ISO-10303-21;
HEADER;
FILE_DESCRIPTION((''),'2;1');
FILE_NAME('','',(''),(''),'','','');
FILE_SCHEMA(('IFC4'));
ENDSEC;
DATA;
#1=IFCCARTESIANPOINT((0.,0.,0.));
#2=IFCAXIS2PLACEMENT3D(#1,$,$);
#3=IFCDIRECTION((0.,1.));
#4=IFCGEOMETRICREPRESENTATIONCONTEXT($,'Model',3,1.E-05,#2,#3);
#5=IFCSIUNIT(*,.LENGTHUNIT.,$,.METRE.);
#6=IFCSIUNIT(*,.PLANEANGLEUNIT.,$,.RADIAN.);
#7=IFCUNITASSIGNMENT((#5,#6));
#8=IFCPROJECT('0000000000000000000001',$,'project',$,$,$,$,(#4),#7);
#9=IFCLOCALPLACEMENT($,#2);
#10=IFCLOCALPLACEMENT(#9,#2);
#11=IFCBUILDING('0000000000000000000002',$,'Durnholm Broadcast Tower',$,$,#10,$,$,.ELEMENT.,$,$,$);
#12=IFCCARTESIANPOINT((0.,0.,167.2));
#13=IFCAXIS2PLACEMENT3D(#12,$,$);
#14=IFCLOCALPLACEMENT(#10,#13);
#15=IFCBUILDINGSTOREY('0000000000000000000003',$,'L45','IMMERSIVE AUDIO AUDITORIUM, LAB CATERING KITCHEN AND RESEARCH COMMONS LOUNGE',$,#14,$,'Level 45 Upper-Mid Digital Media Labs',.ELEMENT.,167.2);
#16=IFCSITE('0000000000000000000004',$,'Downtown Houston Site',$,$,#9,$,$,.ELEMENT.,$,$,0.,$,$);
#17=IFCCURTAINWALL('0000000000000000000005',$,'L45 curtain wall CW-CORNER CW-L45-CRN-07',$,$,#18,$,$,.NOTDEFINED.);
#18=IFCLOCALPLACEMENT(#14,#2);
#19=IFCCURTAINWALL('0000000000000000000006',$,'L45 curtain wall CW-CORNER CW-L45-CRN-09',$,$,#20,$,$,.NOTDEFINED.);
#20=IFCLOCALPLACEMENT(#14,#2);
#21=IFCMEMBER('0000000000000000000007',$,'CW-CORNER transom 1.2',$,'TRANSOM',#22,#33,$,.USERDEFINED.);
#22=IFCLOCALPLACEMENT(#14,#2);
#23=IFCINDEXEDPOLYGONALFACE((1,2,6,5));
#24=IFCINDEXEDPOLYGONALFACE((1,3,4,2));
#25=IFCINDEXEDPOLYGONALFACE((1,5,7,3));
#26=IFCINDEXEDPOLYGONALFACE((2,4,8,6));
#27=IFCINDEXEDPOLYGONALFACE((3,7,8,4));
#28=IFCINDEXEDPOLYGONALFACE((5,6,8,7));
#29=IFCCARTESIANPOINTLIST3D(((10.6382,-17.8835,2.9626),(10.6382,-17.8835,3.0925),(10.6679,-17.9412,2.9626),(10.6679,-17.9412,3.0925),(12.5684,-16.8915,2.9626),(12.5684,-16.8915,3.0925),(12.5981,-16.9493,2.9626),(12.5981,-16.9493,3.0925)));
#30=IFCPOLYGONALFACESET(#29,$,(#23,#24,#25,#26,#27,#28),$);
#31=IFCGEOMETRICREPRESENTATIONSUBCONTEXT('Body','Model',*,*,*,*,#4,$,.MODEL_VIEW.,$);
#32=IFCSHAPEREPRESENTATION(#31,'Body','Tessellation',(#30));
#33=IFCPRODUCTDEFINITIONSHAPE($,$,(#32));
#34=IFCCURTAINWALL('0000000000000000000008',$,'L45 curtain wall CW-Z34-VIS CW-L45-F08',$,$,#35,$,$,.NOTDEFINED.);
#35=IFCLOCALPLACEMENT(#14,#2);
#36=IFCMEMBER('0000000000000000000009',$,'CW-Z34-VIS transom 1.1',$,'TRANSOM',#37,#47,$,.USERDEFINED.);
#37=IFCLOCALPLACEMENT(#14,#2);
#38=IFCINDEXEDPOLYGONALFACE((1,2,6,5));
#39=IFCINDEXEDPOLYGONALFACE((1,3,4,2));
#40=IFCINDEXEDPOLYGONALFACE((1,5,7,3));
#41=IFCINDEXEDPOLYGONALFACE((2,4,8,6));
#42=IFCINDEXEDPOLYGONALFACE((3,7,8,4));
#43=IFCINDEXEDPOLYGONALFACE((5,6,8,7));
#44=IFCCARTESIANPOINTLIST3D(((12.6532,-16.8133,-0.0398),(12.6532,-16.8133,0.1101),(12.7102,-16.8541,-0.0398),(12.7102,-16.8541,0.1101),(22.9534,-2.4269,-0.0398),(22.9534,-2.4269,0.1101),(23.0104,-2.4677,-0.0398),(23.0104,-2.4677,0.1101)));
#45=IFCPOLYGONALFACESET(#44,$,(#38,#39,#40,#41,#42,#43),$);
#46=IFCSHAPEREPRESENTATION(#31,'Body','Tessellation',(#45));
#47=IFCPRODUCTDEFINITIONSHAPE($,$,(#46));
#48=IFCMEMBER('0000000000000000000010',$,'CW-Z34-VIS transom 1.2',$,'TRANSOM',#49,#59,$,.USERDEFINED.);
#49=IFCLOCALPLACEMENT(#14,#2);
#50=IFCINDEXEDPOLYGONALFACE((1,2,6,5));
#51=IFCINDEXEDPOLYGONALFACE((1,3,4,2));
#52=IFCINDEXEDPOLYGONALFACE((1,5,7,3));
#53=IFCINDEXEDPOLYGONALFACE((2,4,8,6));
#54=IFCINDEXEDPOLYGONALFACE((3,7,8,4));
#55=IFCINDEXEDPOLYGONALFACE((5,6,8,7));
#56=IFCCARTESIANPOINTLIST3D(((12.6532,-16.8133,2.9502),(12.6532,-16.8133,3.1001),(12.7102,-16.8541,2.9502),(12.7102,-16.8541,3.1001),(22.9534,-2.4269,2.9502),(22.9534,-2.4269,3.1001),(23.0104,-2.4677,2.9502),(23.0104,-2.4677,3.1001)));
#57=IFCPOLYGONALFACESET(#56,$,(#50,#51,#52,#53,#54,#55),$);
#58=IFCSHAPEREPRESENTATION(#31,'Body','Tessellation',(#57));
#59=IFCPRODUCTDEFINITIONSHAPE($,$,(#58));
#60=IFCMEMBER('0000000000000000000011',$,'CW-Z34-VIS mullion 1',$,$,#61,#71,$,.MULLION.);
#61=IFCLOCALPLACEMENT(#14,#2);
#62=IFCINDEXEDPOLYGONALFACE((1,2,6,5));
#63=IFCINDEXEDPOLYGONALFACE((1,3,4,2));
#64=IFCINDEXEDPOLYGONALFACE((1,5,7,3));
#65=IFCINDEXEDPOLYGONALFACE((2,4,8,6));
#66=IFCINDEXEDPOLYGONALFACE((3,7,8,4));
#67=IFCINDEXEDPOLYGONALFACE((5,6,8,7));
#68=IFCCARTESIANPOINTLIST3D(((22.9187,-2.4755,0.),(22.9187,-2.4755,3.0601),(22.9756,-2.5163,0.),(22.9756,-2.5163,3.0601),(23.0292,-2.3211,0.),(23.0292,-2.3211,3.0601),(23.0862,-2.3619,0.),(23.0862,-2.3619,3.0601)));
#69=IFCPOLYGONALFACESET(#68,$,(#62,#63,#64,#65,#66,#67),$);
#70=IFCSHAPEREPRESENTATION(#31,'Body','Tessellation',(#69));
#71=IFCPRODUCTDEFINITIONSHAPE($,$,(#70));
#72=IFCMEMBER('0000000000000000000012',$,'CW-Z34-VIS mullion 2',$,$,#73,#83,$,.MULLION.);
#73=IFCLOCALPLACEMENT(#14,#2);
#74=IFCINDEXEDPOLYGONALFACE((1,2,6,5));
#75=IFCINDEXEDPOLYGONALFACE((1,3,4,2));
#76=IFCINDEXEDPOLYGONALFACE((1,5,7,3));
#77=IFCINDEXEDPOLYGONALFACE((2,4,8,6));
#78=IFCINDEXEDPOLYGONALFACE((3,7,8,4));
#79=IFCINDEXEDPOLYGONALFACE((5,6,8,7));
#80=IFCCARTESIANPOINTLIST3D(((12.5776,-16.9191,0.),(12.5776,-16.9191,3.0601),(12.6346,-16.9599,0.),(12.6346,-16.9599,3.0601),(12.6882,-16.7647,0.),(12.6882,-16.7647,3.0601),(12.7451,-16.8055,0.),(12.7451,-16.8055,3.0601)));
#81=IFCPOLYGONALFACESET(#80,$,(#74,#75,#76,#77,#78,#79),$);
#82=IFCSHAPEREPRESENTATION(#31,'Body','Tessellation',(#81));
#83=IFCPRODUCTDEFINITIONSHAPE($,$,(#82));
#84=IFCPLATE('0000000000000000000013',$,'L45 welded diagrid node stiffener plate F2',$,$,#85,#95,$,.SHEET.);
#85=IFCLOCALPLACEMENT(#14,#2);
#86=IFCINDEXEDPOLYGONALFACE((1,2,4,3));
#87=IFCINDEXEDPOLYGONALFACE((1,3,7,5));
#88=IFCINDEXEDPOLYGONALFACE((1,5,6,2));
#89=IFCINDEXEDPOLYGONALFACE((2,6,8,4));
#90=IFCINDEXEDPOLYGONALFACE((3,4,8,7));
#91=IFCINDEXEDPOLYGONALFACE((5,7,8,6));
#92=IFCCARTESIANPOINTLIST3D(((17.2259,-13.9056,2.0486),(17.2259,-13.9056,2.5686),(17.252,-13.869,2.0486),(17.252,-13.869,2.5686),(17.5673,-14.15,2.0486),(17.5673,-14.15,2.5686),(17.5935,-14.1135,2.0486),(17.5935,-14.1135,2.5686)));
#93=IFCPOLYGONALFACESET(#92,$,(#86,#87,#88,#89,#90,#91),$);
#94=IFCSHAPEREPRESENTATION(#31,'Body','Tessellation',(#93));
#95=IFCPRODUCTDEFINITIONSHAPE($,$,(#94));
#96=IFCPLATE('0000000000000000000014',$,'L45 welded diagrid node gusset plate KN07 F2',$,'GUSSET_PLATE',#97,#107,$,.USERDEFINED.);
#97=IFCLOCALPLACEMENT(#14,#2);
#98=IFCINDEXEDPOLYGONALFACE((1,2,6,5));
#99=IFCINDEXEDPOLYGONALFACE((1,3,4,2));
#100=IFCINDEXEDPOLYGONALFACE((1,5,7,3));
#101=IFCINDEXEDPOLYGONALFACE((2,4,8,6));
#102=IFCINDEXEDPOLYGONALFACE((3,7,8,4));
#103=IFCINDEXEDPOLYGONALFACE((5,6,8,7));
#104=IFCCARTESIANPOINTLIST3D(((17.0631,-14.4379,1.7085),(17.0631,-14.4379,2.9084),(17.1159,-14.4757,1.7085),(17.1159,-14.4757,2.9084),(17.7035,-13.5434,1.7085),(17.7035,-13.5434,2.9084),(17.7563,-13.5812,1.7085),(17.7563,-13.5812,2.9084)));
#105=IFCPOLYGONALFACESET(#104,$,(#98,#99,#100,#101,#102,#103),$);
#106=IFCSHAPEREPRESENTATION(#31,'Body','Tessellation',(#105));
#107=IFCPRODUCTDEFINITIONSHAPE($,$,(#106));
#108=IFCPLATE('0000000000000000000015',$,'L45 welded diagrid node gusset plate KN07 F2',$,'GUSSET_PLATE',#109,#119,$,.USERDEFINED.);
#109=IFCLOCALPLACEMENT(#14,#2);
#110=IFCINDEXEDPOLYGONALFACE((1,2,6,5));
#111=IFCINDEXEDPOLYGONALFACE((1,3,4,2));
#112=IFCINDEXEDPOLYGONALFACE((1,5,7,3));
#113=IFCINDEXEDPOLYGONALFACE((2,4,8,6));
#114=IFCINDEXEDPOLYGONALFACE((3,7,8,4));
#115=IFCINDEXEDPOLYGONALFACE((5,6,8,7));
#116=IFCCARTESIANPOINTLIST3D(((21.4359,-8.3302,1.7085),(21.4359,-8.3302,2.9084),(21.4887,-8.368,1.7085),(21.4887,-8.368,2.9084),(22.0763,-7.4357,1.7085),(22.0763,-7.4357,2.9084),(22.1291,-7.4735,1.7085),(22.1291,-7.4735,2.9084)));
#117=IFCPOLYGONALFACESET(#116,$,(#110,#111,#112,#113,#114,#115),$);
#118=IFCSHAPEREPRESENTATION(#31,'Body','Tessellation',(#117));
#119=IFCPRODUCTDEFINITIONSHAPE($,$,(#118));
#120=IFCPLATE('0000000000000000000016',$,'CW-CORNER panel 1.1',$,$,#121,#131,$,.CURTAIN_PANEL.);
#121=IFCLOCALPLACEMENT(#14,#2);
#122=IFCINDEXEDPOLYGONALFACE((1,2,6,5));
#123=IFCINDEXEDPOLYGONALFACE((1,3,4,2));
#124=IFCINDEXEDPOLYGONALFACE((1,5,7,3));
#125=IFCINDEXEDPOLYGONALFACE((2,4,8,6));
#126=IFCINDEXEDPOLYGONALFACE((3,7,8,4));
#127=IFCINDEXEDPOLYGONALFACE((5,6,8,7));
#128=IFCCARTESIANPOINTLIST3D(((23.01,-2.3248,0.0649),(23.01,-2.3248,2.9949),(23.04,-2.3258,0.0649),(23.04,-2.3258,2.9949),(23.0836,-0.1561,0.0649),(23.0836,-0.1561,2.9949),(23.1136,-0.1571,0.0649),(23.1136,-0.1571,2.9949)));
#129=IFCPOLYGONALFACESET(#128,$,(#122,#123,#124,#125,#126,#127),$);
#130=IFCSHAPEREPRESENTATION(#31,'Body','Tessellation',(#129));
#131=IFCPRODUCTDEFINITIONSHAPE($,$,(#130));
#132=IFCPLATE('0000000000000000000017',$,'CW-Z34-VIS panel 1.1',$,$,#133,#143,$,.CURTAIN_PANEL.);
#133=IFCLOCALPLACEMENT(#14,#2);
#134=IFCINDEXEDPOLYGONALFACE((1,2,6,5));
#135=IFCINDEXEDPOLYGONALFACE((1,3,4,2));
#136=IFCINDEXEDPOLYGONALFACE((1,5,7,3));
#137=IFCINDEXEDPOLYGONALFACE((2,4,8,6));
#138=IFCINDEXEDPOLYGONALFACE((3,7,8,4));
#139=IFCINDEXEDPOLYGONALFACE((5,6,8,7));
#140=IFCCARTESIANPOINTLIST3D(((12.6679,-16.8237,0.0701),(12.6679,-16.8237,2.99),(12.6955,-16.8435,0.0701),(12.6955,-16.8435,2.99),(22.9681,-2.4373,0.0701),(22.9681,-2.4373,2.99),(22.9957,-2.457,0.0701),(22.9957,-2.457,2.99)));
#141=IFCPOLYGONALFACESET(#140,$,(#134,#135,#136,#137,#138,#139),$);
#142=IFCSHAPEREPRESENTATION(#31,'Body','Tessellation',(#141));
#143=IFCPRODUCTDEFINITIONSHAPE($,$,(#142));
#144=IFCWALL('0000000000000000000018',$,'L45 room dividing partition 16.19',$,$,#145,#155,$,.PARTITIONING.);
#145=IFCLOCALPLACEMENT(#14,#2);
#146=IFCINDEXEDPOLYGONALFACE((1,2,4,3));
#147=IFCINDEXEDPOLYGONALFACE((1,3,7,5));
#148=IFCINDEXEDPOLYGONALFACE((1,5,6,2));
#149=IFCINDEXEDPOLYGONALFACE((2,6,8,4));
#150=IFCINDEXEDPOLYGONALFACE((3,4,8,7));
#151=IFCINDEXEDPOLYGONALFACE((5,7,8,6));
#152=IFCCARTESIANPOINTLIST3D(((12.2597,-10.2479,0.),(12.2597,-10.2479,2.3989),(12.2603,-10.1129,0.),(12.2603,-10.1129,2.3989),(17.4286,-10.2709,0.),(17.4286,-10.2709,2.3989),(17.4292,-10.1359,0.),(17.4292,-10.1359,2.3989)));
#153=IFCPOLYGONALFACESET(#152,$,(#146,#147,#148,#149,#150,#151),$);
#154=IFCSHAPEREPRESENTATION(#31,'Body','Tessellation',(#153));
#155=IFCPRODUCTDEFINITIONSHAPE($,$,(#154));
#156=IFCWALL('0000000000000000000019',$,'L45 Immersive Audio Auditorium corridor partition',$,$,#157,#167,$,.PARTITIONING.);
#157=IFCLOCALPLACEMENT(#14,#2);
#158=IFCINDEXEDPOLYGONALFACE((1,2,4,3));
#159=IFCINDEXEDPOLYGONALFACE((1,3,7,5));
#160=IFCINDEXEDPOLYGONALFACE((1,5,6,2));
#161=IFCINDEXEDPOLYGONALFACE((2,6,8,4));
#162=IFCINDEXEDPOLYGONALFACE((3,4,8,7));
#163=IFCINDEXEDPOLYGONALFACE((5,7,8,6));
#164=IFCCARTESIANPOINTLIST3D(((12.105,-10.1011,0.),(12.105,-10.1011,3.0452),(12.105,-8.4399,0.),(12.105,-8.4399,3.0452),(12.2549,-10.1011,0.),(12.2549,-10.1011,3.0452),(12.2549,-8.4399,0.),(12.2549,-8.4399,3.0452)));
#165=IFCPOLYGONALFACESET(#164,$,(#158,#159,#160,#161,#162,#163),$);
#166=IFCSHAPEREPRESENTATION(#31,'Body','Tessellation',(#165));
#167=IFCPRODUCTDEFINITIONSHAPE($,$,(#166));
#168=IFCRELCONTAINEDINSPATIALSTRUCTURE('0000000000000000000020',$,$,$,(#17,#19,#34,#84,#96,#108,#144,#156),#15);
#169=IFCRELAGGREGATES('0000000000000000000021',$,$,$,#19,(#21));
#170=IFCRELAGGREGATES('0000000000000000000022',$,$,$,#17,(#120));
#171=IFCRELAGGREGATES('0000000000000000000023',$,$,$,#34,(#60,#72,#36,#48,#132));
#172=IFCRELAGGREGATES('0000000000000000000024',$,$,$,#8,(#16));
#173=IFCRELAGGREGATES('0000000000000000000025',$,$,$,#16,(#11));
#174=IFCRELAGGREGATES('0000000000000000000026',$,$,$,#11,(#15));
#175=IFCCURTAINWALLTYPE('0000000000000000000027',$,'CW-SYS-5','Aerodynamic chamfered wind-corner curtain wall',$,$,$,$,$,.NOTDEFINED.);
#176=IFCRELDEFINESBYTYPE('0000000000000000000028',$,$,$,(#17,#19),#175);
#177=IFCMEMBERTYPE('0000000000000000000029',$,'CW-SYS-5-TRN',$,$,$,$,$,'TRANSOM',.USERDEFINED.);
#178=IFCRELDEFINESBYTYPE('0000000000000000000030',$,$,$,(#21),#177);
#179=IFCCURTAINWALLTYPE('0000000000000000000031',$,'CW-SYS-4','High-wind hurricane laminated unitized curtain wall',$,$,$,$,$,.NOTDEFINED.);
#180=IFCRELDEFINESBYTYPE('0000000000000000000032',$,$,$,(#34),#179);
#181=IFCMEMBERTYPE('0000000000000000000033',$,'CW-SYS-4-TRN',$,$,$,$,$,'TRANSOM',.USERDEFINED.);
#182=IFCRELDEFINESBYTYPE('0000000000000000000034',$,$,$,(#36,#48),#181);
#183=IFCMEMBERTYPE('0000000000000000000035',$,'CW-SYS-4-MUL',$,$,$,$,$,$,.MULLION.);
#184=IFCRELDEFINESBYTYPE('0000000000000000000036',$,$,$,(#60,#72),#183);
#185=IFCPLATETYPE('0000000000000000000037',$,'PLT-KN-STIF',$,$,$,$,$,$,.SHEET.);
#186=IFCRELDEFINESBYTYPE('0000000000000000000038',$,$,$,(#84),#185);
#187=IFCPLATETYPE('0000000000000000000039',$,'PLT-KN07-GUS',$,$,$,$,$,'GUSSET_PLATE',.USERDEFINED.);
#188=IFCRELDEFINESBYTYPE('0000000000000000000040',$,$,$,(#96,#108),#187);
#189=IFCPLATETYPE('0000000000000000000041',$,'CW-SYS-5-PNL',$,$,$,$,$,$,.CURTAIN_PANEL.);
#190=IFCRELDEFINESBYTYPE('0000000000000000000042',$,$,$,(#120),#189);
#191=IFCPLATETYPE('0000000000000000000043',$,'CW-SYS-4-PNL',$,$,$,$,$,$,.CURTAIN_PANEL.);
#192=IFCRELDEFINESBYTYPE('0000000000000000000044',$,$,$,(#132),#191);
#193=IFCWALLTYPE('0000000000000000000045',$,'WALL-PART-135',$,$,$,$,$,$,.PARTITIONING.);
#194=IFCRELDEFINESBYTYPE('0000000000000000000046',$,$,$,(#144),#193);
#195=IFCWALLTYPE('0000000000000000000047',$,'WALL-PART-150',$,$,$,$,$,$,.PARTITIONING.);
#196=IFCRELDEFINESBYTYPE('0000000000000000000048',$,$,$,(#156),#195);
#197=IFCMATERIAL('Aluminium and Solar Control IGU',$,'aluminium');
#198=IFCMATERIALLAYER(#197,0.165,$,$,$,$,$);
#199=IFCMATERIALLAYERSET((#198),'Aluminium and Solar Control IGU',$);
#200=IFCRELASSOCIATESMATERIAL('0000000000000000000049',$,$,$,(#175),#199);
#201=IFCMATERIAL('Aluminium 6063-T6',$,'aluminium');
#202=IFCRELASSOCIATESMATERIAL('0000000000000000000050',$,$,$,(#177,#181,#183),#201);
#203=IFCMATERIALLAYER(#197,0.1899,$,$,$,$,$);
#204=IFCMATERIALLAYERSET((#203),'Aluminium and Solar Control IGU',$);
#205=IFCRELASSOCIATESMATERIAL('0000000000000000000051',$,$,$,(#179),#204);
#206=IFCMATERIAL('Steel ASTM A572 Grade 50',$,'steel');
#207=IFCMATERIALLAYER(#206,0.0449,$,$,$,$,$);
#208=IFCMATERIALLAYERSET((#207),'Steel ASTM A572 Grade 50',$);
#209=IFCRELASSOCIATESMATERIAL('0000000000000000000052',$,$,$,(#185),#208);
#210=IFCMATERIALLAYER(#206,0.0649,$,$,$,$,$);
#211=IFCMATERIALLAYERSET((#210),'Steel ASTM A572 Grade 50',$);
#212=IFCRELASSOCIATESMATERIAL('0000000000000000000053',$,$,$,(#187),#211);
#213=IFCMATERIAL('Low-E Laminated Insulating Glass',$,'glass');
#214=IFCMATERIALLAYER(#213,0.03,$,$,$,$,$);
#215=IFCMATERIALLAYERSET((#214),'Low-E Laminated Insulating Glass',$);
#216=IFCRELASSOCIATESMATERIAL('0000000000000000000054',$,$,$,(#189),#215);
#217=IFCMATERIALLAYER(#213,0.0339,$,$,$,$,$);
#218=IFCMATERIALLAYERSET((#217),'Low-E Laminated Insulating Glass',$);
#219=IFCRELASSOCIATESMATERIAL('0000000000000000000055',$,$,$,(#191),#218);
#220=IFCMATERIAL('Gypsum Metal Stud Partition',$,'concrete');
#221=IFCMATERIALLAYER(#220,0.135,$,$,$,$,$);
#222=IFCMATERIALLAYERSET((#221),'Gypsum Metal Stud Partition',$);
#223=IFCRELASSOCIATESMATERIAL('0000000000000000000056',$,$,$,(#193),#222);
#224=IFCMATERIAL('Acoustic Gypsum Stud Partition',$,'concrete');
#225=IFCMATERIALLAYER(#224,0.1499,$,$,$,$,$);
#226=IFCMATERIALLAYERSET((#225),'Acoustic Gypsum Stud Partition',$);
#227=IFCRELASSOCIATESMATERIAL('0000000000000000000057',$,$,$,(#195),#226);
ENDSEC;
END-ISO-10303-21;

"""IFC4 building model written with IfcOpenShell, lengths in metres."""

from ifc_helpers import new_model, si_unit, direction, frame, frame_2d, origin, origin_2d, place, context, subcontext, project, spatial, rectangle, extrude, source, transform, mapped, material, layer, layer_set, material_profile, profile_set, type_object, type_shapes, element, aggregate, save


model = new_model("IFC4")

# Units and contexts
model_context = context("Model", 3, precision=1e-05, world=origin(), true_north=direction((0.0, 1.0)))
body_context = subcontext(model_context, "Body", "Model", "MODEL_VIEW")
ifc_project = project(units=[si_unit("LENGTHUNIT", "METRE"), si_unit("PLANEANGLEUNIT", "RADIAN")], contexts=[model_context])

# Site, building, storey
site_placement = place(None, origin())
site = spatial("IfcSite", under=ifc_project, at=site_placement, Name="Downtown Houston Site", CompositionType="ELEMENT", RefElevation=0.0)
building_placement = place(site_placement, origin())
building = spatial("IfcBuilding", under=site, at=building_placement, Name="Durnholm Broadcast Tower", CompositionType="ELEMENT")
storey_placement = place(building_placement, frame((0.0, 0.0, 167.2)))
storey = spatial("IfcBuildingStorey", under=building, at=storey_placement, Name="L45", Description="IMMERSIVE AUDIO AUDITORIUM, LAB CATERING KITCHEN AND RESEARCH COMMONS LOUNGE", LongName="Level 45 Upper-Mid Digital Media Labs", CompositionType="ELEMENT", Elevation=167.2)

# Curtain wall
ifc_material_1 = material(Name="Aluminium and Solar Control IGU", Category="aluminium")
ifc_layer_1 = layer(ifc_material_1, 0.165)
ifc_layer_set_1 = layer_set([ifc_layer_1], Name="Aluminium and Solar Control IGU")
curtain_wall_type_1 = type_object("IfcCurtainWallType", Name="CW-SYS-5", Description="Aerodynamic chamfered wind-corner curtain wall", PredefinedType="NOTDEFINED", material=ifc_layer_set_1)
curtain_wall_1_placement = place(storey_placement, origin())
curtain_wall_1 = element("IfcCurtainWall", 1, at=curtain_wall_1_placement, inside=storey, type_object=curtain_wall_type_1, Name="L45 curtain wall CW-CORNER CW-L45-CRN-07", PredefinedType="NOTDEFINED")
ifc_material_2 = material(Name="Aluminium 6063-T6", Category="aluminium")

# Curtain walls, members
curtain_wall_2_placement = place(storey_placement, origin())
curtain_wall_2 = element("IfcCurtainWall", 2, at=curtain_wall_2_placement, inside=storey, type_object=curtain_wall_type_1, Name="L45 curtain wall CW-CORNER CW-L45-CRN-09", PredefinedType="NOTDEFINED")
ifc_material_profile_1 = material_profile(ifc_material_2, rectangle(XDim=0.0649, YDim=0.1299, at=origin_2d()), Name="CWT65X130")
ifc_profile_set_1 = profile_set([ifc_material_profile_1], Name="Aluminium 6063-T6")
member_type_1 = type_object("IfcMemberType", Name="CW-SYS-5-TRN", ElementType="TRANSOM", PredefinedType="USERDEFINED", material=ifc_profile_set_1)
shared_shape_1 = source(origin(), body_context, "Body", "SweptSolid", [
    extrude(rectangle(XDim=0.0649, YDim=0.1299, at=origin_2d()), origin(), (0.0, 0.0, 1.0), 2.1702),
])
type_shapes(member_type_1, [shared_shape_1])
member_1_placement = place(storey_placement, frame((12.5833, -16.9204, 3.0276), z_axis=(-0.889422, -0.457086, 0.0), x_axis=(0.457086, -0.889422, 0.0)))
member_1 = element("IfcMember", 3, at=member_1_placement, type_object=member_type_1, Name="CW-CORNER transom 1.2", ObjectType="TRANSOM", PredefinedType="USERDEFINED", context=body_context, shape_type="MappedRepresentation", body=[
    mapped(shared_shape_1, transform((0.0, 0.0, 0.0), x_axis=(1.0, 0.0, 0.0), y_axis=(0.0, 1.0, 0.0), z_axis=(0.0, 0.0, 1.0), scale=1.0)),
])
aggregate(curtain_wall_2, [member_1])
ifc_layer_2 = layer(ifc_material_1, 0.1899)
ifc_layer_set_2 = layer_set([ifc_layer_2], Name="Aluminium and Solar Control IGU")
curtain_wall_type_2 = type_object("IfcCurtainWallType", Name="CW-SYS-4", Description="High-wind hurricane laminated unitized curtain wall", PredefinedType="NOTDEFINED", material=ifc_layer_set_2)
curtain_wall_3_placement = place(storey_placement, origin())
curtain_wall_3 = element("IfcCurtainWall", 4, at=curtain_wall_3_placement, inside=storey, type_object=curtain_wall_type_2, Name="L45 curtain wall CW-Z34-VIS CW-L45-F08", PredefinedType="NOTDEFINED")
ifc_material_profile_2 = material_profile(ifc_material_2, rectangle(XDim=0.0701, YDim=0.1499, at=origin_2d()), Name="CWT70X150")
ifc_profile_set_2 = profile_set([ifc_material_profile_2], Name="Aluminium 6063-T6")
member_type_2 = type_object("IfcMemberType", Name="CW-SYS-4-TRN", ElementType="TRANSOM", PredefinedType="USERDEFINED", material=ifc_profile_set_2)
shared_shape_2 = source(origin(), body_context, "Body", "SweptSolid", [
    extrude(rectangle(XDim=0.0701, YDim=0.1499, at=origin_2d()), origin(), (0.0, 0.0, 1.0), 17.6936),
])
type_shapes(member_type_2, [shared_shape_2])
member_2_placement = place(storey_placement, frame((22.9819, -2.4473, 0.0352), z_axis=(-0.582145, -0.813085, 0.0), x_axis=(0.813085, -0.582145, 0.0)))
member_2 = element("IfcMember", 5, at=member_2_placement, type_object=member_type_2, Name="CW-Z34-VIS transom 1.1", ObjectType="TRANSOM", PredefinedType="USERDEFINED", context=body_context, shape_type="MappedRepresentation", body=[
    mapped(shared_shape_2, transform((0.0, 0.0, 0.0), x_axis=(1.0, 0.0, 0.0), y_axis=(0.0, 1.0, 0.0), z_axis=(0.0, 0.0, 1.0), scale=1.0)),
])
member_3_placement = place(storey_placement, frame((22.9819, -2.4473, 3.0251), z_axis=(-0.582145, -0.813085, 0.0), x_axis=(0.813085, -0.582145, 0.0)))
member_3 = element("IfcMember", 6, at=member_3_placement, type_object=member_type_2, Name="CW-Z34-VIS transom 1.2", ObjectType="TRANSOM", PredefinedType="USERDEFINED", context=body_context, shape_type="MappedRepresentation", body=[
    mapped(shared_shape_2, transform((0.0, 0.0, 0.0), x_axis=(1.0, 0.0, 0.0), y_axis=(0.0, 1.0, 0.0), z_axis=(0.0, 0.0, 1.0), scale=1.0)),
])
ifc_material_profile_3 = material_profile(ifc_material_2, rectangle(XDim=0.0701, YDim=0.1899, at=origin_2d()), Name="CWM70X190")
ifc_profile_set_3 = profile_set([ifc_material_profile_3], Name="Aluminium 6063-T6")
member_type_3 = type_object("IfcMemberType", Name="CW-SYS-4-MUL", PredefinedType="MULLION", material=ifc_profile_set_3)
shared_shape_3 = source(origin(), body_context, "Body", "SweptSolid", [
    extrude(rectangle(XDim=0.0701, YDim=0.1899, at=origin_2d()), origin(), (0.0, 0.0, 1.0), 3.0601),
])
type_shapes(member_type_3, [shared_shape_3])
member_4_placement = place(storey_placement, frame((23.0024, -2.4187, 0.0), z_axis=(0.0, 0.0, 1.0), x_axis=(0.813089, -0.582139, 0.0)))
member_4 = element("IfcMember", 7, at=member_4_placement, type_object=member_type_3, Name="CW-Z34-VIS mullion 1", PredefinedType="MULLION", context=body_context, shape_type="MappedRepresentation", body=[
    mapped(shared_shape_3, transform((0.0, 0.0, 0.0), x_axis=(1.0, 0.0, 0.0), y_axis=(0.0, 1.0, 0.0), z_axis=(0.0, 0.0, 1.0), scale=1.0)),
])
member_5_placement = place(storey_placement, frame((12.6614, -16.8623, 0.0), z_axis=(0.0, 0.0, 1.0), x_axis=(0.813089, -0.582139, 0.0)))
member_5 = element("IfcMember", 8, at=member_5_placement, type_object=member_type_3, Name="CW-Z34-VIS mullion 2", PredefinedType="MULLION", context=body_context, shape_type="MappedRepresentation", body=[
    mapped(shared_shape_3, transform((0.0, 0.0, 0.0), x_axis=(1.0, 0.0, 0.0), y_axis=(0.0, 1.0, 0.0), z_axis=(0.0, 0.0, 1.0), scale=1.0)),
])

# Plates
ifc_material_3 = material(Name="Steel ASTM A572 Grade 50", Category="steel")
ifc_layer_3 = layer(ifc_material_3, 0.0449)
ifc_layer_set_3 = layer_set([ifc_layer_3], Name="Steel ASTM A572 Grade 50")
plate_type_1 = type_object("IfcPlateType", Name="PLT-KN-STIF", PredefinedType="SHEET", material=ifc_layer_set_3)
shared_shape_4 = source(origin(), body_context, "Body", "SweptSolid", [
    extrude(rectangle(XDim=0.0449, YDim=0.4199, at=origin_2d()), origin(), (0.0, 0.0, 1.0), 0.52),
])
type_shapes(plate_type_1, [shared_shape_4])
plate_1_placement = place(storey_placement, frame((17.4097, -14.0095, 2.0486), z_axis=(0.0, 0.0, 1.0), x_axis=(0.582123, 0.813101, 0.0)))
element("IfcPlate", 9, at=plate_1_placement, inside=storey, type_object=plate_type_1, Name="L45 welded diagrid node stiffener plate F2", PredefinedType="SHEET", context=body_context, shape_type="MappedRepresentation", body=[
    mapped(shared_shape_4, transform((0.0, 0.0, 0.0), x_axis=(1.0, 0.0, 0.0), y_axis=(0.0, 1.0, 0.0), z_axis=(0.0, 0.0, 1.0), scale=1.0)),
])
ifc_layer_4 = layer(ifc_material_3, 0.0649)
ifc_layer_set_4 = layer_set([ifc_layer_4], Name="Steel ASTM A572 Grade 50")
plate_type_2 = type_object("IfcPlateType", Name="PLT-KN07-GUS", ElementType="GUSSET_PLATE", PredefinedType="USERDEFINED", material=ifc_layer_set_4)
shared_shape_5 = source(origin(), body_context, "Body", "SweptSolid", [
    extrude(rectangle(XDim=1.1001, YDim=0.0649, at=origin_2d()), origin(), (0.0, 0.0, 1.0), 1.2),
])
type_shapes(plate_type_2, [shared_shape_5])
for number, where, z_axis, x_axis, name in (
    (10, (17.4097, -14.0095, 1.7085), (0.0, 0.0, 1.0), (0.582123, 0.813101, 0.0), "L45 welded diagrid node gusset plate KN07 F2"),
    (11, (21.7825, -7.9019, 1.7085), (0.0, 0.0, 1.0), (0.582123, 0.813101, 0.0), "L45 welded diagrid node gusset plate KN07 F2"),
):
    element("IfcPlate", number, at=place(storey_placement, frame(where, z_axis=z_axis, x_axis=x_axis)), inside=storey, type_object=plate_type_2, Name=name, ObjectType="GUSSET_PLATE", PredefinedType="USERDEFINED", context=body_context, shape_type="MappedRepresentation", body=[
        mapped(shared_shape_5, transform((0.0, 0.0, 0.0), x_axis=(1.0, 0.0, 0.0), y_axis=(0.0, 1.0, 0.0), z_axis=(0.0, 0.0, 1.0), scale=1.0)),
    ])

# Plates
ifc_material_4 = material(Name="Low-E Laminated Insulating Glass", Category="glass")
ifc_layer_5 = layer(ifc_material_4, 0.03)
ifc_layer_set_5 = layer_set([ifc_layer_5], Name="Low-E Laminated Insulating Glass")
plate_type_3 = type_object("IfcPlateType", Name="CW-SYS-5-PNL", PredefinedType="CURTAIN_PANEL", material=ifc_layer_set_5)
shared_shape_6 = source(origin(), body_context, "Body", "SweptSolid", [
    extrude(rectangle(XDim=2.1699, YDim=0.03, at=origin_2d()), origin(), (0.0, 0.0, 1.0), 2.9299),
])
type_shapes(plate_type_3, [shared_shape_6])
plate_2_placement = place(storey_placement, frame((23.0618, -1.241, 0.0649), z_axis=(0.0, 0.0, 1.0), x_axis=(-0.033913, -0.999425, 0.0)))
plate_2 = element("IfcPlate", 12, at=plate_2_placement, type_object=plate_type_3, Name="CW-CORNER panel 1.1", PredefinedType="CURTAIN_PANEL", context=body_context, shape_type="MappedRepresentation", body=[
    mapped(shared_shape_6, transform((0.0, 0.0, 0.0), x_axis=(1.0, 0.0, 0.0), y_axis=(0.0, 1.0, 0.0), z_axis=(0.0, 0.0, 1.0), scale=1.0)),
])
aggregate(curtain_wall_1, [plate_2])
ifc_layer_6 = layer(ifc_material_4, 0.0339)
ifc_layer_set_6 = layer_set([ifc_layer_6], Name="Low-E Laminated Insulating Glass")
plate_type_4 = type_object("IfcPlateType", Name="CW-SYS-4-PNL", PredefinedType="CURTAIN_PANEL", material=ifc_layer_set_6)
shared_shape_7 = source(origin(), body_context, "Body", "SweptSolid", [
    extrude(rectangle(XDim=17.6936, YDim=0.0339, at=origin_2d()), origin(), (0.0, 0.0, 1.0), 2.9199),
])
type_shapes(plate_type_4, [shared_shape_7])
plate_3_placement = place(storey_placement, frame((17.8318, -9.6404, 0.0701), z_axis=(0.0, 0.0, 1.0), x_axis=(-0.582139, -0.813089, 0.0)))
plate_3 = element("IfcPlate", 13, at=plate_3_placement, type_object=plate_type_4, Name="CW-Z34-VIS panel 1.1", PredefinedType="CURTAIN_PANEL", context=body_context, shape_type="MappedRepresentation", body=[
    mapped(shared_shape_7, transform((0.0, 0.0, 0.0), x_axis=(1.0, 0.0, 0.0), y_axis=(0.0, 1.0, 0.0), z_axis=(0.0, 0.0, 1.0), scale=1.0)),
])
aggregate(curtain_wall_3, [member_4, member_5, member_2, member_3, plate_3])

# Walls
ifc_material_5 = material(Name="Gypsum Metal Stud Partition", Category="concrete")
ifc_layer_7 = layer(ifc_material_5, 0.135)
ifc_layer_set_7 = layer_set([ifc_layer_7], Name="Gypsum Metal Stud Partition")
wall_type_1 = type_object("IfcWallType", Name="WALL-PART-135", PredefinedType="PARTITIONING", material=ifc_layer_set_7)
wall_1_placement = place(storey_placement, frame((12.26, -10.1804, 0.0), z_axis=(0.0, 0.0, 1.0), x_axis=(0.99999, -0.00444, 0.0)))
element("IfcWall", 14, at=wall_1_placement, inside=storey, type_object=wall_type_1, Name="L45 room dividing partition 16.19", PredefinedType="PARTITIONING", context=body_context, shape_type="SweptSolid", body=[
    extrude(rectangle(XDim=5.1689, YDim=0.135, at=frame_2d((2.5845, 0.0))), origin(), (0.0, 0.0, 1.0), 2.3989),
])
ifc_material_6 = material(Name="Acoustic Gypsum Stud Partition", Category="concrete")
ifc_layer_8 = layer(ifc_material_6, 0.1499)
ifc_layer_set_8 = layer_set([ifc_layer_8], Name="Acoustic Gypsum Stud Partition")
wall_type_2 = type_object("IfcWallType", Name="WALL-PART-150", PredefinedType="PARTITIONING", material=ifc_layer_set_8)
wall_2_placement = place(storey_placement, frame((12.1799, -10.1011, 0.0), z_axis=(0.0, 0.0, 1.0), x_axis=(0.0, 1.0, 0.0)))
element("IfcWall", 15, at=wall_2_placement, inside=storey, type_object=wall_type_2, Name="L45 Immersive Audio Auditorium corridor partition", PredefinedType="PARTITIONING", context=body_context, shape_type="SweptSolid", body=[
    extrude(rectangle(XDim=1.6611, YDim=0.1499, at=frame_2d((0.8306, 0.0))), origin(), (0.0, 0.0, 1.0), 3.0452),
])

save(model, "model.ifc")
